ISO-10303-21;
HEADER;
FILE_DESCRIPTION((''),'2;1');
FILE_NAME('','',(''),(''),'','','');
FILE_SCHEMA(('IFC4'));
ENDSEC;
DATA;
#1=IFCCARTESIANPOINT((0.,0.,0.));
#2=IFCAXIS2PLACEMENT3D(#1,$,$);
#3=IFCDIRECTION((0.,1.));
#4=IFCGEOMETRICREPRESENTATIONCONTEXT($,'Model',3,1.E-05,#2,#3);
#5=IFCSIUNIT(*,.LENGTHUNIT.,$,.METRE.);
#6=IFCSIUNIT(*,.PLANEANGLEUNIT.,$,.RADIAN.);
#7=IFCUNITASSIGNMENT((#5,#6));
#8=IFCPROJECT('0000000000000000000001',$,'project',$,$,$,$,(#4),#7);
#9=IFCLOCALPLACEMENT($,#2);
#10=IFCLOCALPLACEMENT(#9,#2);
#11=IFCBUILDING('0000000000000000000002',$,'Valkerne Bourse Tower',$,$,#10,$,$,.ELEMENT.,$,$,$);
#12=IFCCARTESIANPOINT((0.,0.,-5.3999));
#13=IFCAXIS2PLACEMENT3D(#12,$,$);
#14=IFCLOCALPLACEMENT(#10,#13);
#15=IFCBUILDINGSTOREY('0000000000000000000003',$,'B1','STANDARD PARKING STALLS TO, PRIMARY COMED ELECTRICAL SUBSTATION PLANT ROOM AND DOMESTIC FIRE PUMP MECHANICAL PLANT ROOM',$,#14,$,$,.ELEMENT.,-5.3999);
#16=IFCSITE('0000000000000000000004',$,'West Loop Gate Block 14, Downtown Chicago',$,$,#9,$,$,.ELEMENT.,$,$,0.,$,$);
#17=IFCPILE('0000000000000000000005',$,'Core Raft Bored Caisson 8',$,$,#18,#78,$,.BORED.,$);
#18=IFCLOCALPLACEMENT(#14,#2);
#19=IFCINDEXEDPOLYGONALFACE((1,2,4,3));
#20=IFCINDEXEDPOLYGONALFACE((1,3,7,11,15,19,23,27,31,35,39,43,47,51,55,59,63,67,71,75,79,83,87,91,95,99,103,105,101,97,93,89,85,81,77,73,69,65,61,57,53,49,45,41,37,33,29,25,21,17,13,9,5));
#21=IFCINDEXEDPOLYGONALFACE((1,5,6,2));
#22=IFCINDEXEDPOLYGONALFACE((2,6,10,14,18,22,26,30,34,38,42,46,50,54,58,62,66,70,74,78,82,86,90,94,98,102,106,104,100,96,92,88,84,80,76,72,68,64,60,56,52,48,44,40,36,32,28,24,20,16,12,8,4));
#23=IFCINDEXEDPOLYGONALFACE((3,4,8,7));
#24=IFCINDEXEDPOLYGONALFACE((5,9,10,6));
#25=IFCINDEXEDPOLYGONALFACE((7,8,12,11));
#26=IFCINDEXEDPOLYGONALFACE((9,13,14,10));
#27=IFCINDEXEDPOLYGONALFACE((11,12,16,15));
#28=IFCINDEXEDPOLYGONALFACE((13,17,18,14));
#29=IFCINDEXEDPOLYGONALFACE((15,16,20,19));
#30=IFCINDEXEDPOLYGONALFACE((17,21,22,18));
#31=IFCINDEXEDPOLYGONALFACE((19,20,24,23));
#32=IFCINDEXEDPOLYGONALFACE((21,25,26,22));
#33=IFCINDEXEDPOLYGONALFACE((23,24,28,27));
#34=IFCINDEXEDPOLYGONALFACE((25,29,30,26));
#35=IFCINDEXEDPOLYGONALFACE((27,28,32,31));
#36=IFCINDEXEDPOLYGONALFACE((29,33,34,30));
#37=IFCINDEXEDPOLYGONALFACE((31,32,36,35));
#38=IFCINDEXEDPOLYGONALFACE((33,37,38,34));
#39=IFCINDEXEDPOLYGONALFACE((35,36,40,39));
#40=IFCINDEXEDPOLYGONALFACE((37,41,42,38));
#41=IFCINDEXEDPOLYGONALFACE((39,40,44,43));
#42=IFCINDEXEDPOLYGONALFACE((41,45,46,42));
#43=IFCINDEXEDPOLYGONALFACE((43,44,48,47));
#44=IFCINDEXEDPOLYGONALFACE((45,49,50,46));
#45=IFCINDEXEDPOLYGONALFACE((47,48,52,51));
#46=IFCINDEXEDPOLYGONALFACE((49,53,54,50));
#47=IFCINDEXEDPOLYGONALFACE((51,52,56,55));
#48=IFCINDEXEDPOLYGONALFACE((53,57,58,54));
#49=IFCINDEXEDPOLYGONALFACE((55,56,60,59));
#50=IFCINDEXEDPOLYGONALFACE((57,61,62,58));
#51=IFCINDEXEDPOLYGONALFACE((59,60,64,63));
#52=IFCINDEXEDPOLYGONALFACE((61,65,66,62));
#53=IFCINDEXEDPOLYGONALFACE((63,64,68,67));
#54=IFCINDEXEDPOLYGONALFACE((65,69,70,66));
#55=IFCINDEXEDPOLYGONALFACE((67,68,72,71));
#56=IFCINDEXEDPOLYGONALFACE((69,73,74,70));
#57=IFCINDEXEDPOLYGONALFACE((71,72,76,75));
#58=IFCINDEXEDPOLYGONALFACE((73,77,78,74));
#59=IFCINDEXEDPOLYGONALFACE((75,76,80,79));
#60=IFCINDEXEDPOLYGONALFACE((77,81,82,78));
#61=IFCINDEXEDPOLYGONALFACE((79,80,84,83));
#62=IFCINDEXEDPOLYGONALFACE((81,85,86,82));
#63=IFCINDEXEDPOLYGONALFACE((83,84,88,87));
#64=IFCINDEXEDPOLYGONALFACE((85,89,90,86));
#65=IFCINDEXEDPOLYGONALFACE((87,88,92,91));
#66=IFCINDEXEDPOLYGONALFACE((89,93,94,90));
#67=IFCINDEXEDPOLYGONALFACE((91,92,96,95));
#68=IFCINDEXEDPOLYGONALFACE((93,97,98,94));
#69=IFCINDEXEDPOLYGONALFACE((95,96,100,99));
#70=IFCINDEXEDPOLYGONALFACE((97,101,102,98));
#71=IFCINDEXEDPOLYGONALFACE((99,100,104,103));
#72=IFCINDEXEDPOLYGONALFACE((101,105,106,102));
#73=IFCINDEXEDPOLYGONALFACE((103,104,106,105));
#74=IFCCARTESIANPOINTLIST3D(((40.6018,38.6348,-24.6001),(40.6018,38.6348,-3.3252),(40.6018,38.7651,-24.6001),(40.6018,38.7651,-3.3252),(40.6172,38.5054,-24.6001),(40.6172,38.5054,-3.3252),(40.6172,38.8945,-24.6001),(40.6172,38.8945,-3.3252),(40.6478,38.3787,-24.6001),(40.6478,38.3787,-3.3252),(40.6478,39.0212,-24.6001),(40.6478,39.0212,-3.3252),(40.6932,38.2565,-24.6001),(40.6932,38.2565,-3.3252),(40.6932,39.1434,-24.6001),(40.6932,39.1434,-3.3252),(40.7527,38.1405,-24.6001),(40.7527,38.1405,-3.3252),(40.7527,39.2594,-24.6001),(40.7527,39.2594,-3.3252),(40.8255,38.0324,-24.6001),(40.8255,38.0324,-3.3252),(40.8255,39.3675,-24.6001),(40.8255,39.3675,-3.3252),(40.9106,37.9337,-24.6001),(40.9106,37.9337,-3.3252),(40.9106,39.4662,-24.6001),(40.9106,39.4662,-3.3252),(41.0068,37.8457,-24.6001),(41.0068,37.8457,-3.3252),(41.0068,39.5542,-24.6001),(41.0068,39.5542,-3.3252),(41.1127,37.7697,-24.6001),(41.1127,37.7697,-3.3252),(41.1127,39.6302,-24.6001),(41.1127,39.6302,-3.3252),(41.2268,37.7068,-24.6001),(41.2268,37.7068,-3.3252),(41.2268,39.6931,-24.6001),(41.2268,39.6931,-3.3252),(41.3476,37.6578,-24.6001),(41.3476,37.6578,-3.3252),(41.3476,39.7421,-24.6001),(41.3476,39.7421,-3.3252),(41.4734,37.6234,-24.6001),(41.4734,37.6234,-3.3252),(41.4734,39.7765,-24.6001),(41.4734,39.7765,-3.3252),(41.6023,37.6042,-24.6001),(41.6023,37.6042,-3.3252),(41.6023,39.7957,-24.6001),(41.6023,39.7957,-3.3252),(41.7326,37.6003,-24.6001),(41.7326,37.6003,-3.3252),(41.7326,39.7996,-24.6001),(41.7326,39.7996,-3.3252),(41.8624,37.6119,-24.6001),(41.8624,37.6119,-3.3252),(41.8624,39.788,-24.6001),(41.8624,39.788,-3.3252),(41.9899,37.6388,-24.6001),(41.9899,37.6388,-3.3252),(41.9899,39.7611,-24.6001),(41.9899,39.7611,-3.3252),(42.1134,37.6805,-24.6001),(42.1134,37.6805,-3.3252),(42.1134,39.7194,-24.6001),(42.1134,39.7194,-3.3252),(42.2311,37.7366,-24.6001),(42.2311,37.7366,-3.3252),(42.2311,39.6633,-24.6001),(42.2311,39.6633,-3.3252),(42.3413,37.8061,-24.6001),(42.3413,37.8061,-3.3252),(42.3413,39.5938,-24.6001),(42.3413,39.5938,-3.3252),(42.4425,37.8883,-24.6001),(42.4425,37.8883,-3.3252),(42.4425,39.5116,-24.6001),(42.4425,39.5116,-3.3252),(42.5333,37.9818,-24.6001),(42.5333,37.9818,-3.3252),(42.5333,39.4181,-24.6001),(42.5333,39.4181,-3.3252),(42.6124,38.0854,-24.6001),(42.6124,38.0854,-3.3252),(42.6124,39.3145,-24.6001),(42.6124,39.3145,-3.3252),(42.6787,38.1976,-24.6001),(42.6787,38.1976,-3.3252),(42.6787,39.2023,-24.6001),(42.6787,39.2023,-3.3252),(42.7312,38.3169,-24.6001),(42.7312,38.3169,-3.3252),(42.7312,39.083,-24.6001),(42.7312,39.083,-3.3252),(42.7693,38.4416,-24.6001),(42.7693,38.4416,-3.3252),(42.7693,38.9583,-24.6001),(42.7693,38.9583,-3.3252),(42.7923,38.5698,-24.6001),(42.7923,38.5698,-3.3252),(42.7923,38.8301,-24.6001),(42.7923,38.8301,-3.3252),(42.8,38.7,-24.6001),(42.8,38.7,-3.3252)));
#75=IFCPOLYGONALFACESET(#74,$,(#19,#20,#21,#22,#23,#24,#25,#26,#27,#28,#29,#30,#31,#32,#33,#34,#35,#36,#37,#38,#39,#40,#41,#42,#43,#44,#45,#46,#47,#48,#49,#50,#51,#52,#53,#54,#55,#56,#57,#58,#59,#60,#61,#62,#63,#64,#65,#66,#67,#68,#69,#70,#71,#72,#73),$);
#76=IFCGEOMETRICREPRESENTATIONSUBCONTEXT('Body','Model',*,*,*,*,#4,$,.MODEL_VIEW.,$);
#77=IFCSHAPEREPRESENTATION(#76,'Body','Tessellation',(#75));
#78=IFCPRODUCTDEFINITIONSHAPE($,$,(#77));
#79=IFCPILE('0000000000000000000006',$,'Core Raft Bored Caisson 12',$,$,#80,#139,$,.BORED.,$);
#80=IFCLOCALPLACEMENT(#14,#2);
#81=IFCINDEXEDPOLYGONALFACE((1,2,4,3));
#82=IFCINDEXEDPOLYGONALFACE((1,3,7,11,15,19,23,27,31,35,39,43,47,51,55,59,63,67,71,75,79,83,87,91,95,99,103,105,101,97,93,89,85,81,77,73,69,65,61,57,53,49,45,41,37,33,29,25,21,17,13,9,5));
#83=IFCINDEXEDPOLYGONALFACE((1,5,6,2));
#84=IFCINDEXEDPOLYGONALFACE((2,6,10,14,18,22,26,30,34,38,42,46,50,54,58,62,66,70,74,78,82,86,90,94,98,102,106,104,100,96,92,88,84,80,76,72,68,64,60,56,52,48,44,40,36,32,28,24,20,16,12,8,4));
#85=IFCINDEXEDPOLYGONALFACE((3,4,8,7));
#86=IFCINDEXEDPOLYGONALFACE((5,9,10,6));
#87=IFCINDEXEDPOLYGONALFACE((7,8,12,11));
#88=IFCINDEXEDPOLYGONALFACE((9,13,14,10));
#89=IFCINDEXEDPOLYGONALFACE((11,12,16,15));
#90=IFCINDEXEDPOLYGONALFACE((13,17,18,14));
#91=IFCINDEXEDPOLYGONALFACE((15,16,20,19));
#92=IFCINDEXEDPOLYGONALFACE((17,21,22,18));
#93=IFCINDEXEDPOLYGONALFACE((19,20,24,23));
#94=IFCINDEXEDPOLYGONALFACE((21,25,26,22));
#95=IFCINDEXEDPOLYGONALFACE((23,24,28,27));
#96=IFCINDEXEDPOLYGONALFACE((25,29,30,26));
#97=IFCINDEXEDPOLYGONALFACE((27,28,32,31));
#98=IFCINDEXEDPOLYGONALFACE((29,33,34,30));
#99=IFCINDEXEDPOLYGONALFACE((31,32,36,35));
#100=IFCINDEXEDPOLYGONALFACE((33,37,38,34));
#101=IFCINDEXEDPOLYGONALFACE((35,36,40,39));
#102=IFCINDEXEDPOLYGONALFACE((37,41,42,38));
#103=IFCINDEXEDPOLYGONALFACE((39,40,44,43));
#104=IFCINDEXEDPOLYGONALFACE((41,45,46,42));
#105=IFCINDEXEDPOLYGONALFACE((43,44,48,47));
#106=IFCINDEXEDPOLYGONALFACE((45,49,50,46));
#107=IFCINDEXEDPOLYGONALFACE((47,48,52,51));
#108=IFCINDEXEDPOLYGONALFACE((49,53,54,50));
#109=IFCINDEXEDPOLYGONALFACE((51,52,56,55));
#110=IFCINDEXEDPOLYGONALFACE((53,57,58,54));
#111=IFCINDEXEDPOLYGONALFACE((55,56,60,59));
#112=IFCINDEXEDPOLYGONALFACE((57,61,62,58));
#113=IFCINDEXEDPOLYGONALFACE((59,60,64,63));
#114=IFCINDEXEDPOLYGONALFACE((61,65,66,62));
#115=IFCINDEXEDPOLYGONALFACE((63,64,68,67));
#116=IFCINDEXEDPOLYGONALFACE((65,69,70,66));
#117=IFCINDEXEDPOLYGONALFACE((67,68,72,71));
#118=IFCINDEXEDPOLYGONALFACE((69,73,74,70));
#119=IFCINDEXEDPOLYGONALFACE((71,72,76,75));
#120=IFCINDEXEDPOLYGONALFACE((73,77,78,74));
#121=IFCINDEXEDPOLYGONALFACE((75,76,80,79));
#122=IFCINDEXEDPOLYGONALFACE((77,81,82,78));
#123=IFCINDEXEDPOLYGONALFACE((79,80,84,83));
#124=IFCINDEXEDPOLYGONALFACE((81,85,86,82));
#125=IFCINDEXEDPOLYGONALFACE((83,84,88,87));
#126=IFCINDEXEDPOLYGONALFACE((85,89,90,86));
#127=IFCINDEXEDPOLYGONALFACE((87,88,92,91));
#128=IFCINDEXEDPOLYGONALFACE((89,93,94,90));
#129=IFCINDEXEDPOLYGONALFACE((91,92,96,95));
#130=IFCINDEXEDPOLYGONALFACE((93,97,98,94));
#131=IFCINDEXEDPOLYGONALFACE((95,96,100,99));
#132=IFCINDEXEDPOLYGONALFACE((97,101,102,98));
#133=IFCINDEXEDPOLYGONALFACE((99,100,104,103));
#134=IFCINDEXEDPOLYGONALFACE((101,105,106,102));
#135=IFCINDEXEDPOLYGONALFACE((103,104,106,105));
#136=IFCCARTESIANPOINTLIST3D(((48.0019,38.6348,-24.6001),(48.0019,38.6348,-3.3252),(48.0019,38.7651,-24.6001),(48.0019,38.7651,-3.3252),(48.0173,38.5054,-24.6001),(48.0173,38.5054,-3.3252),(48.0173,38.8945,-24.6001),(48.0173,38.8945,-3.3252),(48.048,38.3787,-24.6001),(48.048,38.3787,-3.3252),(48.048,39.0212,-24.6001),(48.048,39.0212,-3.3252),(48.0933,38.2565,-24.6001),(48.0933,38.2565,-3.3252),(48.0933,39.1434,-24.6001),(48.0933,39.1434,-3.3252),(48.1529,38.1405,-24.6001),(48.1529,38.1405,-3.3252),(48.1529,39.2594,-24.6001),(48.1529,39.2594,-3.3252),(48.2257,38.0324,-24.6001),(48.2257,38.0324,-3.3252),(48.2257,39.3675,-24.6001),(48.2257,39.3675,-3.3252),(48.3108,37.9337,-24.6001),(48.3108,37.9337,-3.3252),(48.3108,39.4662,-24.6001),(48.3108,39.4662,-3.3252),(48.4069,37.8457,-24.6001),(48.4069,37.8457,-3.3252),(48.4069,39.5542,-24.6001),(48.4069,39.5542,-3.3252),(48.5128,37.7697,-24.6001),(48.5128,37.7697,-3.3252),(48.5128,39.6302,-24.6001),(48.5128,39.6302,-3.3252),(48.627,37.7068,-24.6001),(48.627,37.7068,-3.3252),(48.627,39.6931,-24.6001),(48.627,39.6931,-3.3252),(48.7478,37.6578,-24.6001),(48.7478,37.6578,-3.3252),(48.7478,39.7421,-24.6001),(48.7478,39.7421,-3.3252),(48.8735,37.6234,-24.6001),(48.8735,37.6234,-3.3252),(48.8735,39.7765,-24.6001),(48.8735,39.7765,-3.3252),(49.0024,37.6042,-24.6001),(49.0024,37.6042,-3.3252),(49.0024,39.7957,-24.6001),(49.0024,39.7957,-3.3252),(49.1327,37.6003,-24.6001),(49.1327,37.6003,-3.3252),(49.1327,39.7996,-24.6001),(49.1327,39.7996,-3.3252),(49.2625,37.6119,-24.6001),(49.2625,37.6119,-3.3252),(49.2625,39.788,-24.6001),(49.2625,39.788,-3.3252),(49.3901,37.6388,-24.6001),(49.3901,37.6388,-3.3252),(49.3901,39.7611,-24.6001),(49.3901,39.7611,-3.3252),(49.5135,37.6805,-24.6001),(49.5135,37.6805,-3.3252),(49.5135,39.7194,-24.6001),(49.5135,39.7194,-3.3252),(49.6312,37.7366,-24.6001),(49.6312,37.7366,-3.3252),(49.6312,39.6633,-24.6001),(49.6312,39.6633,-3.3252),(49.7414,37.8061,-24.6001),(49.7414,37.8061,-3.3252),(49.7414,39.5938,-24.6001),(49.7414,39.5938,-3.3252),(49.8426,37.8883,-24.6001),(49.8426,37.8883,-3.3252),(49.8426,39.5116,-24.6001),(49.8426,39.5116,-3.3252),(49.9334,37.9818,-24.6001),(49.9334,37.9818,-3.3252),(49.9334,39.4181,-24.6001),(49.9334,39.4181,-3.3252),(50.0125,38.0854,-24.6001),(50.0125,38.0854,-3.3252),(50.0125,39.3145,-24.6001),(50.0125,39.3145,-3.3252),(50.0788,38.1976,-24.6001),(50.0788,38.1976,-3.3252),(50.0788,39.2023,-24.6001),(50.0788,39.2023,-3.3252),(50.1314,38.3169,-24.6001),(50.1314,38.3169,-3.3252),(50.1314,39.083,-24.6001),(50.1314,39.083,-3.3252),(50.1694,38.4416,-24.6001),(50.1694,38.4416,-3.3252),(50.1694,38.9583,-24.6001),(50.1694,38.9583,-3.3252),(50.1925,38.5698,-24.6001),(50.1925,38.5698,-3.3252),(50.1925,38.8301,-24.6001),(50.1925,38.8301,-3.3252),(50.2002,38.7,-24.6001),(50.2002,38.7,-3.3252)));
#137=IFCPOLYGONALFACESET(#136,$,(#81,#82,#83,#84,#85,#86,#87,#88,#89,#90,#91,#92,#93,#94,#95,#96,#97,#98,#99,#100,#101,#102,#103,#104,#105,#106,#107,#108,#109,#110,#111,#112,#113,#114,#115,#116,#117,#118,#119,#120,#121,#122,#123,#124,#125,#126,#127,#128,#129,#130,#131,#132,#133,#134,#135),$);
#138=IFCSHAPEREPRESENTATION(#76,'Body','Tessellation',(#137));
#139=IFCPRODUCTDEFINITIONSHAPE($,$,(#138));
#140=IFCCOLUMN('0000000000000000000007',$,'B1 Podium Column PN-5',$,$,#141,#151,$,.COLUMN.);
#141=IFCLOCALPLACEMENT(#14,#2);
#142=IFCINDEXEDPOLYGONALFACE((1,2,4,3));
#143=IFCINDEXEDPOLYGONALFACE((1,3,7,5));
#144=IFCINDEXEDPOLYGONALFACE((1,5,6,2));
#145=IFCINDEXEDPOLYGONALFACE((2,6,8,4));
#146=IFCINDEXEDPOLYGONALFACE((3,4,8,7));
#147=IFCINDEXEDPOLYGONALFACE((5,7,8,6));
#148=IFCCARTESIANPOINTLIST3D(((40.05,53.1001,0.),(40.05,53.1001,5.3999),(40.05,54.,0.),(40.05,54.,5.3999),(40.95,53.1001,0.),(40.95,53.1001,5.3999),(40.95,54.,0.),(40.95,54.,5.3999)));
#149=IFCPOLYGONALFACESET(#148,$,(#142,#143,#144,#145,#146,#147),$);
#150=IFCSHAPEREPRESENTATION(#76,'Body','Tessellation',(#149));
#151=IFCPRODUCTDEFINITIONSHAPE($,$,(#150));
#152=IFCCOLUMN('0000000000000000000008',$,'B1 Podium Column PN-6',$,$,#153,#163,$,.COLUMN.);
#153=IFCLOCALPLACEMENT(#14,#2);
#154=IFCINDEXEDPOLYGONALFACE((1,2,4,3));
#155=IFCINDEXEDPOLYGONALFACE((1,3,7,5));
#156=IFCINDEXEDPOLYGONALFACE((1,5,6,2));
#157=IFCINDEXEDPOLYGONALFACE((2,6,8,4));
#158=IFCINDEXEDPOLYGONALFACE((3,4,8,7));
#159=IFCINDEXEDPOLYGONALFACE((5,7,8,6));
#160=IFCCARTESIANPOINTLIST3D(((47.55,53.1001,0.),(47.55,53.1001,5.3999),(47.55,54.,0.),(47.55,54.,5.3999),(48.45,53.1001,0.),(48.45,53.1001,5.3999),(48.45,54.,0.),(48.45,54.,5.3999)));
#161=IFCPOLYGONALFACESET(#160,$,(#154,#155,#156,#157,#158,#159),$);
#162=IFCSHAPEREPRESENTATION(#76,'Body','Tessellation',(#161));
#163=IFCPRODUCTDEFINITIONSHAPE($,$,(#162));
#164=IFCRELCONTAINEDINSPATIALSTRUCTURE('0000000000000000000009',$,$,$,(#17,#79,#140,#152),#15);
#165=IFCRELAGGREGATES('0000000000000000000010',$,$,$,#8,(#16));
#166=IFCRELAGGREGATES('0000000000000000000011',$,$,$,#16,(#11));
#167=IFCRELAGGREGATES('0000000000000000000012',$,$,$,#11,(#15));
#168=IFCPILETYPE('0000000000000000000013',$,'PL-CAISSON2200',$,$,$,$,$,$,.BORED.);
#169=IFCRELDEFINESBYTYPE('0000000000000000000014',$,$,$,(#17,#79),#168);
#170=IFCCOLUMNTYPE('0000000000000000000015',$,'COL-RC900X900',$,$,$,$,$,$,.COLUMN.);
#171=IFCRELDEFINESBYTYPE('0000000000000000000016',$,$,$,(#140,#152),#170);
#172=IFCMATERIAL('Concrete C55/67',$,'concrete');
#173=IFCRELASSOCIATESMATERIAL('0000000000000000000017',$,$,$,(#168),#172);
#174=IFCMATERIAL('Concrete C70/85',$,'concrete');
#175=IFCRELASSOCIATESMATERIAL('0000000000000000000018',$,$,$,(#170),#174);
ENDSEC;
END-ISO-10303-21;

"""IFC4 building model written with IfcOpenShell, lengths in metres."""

from ifc_helpers import new_model, si_unit, direction, frame, origin, origin_2d, place, context, subcontext, project, spatial, rectangle, circle, extrude, material, material_profile, profile_set, type_object, element, save


model = new_model("IFC4")

# Units and contexts
model_context = context("Model", 3, precision=1e-05, world=origin(), true_north=direction((0.0, 1.0)))
body_context = subcontext(model_context, "Body", "Model", "MODEL_VIEW")
ifc_project = project(units=[si_unit("LENGTHUNIT", "METRE"), si_unit("PLANEANGLEUNIT", "RADIAN")], contexts=[model_context])

# Site, building, storey
site_placement = place(None, origin())
site = spatial("IfcSite", under=ifc_project, at=site_placement, Name="West Loop Gate Block 14, Downtown Chicago", CompositionType="ELEMENT", RefElevation=0.0)
building_placement = place(site_placement, origin())
building = spatial("IfcBuilding", under=site, at=building_placement, Name="Valkerne Bourse Tower", CompositionType="ELEMENT")
storey_placement = place(building_placement, frame((0.0, 0.0, -5.3999)))
storey = spatial("IfcBuildingStorey", under=building, at=storey_placement, Name="B1", Description="STANDARD PARKING STALLS TO, PRIMARY COMED ELECTRICAL SUBSTATION PLANT ROOM AND DOMESTIC FIRE PUMP MECHANICAL PLANT ROOM", CompositionType="ELEMENT", Elevation=-5.3999)

# Piles
ifc_material_1 = material(Name="Concrete C55/67", Category="concrete")
ifc_material_profile_1 = material_profile(ifc_material_1, circle(Radius=1.1001, at=origin_2d()), Name="CAISSON2200")
ifc_profile_set_1 = profile_set([ifc_material_profile_1], Name="Concrete C55/67")
pile_type = type_object("IfcPileType", Name="PL-CAISSON2200", PredefinedType="BORED", material=ifc_profile_set_1)
for number, where, z_axis, x_axis, name in (
    (1, (41.7, 38.7, -3.3252), (0.0, 0.0, -1.0), (1.0, 0.0, 0.0), "Core Raft Bored Caisson 8"),
    (2, (49.1001, 38.7, -3.3252), (0.0, 0.0, -1.0), (1.0, 0.0, 0.0), "Core Raft Bored Caisson 12"),
):
    element("IfcPile", number, at=place(storey_placement, frame(where, z_axis=z_axis, x_axis=x_axis)), inside=storey, type_object=pile_type, Name=name, PredefinedType="BORED", context=body_context, shape_type="SweptSolid", body=[
        extrude(circle(Radius=1.1001, at=origin_2d()), origin(), (0.0, 0.0, 1.0), 21.2749),
    ])

# Columns
ifc_material_2 = material(Name="Concrete C70/85", Category="concrete")
ifc_material_profile_2 = material_profile(ifc_material_2, rectangle(XDim=0.8999, YDim=0.8999, at=origin_2d()), Name="RC900X900")
ifc_profile_set_2 = profile_set([ifc_material_profile_2], Name="Concrete C70/85")
column_type_1 = type_object("IfcColumnType", Name="COL-RC900X900", PredefinedType="COLUMN", material=ifc_profile_set_2)
for number, where, z_axis, x_axis, name in (
    (3, (40.5, 53.55, 0.0), (0.0, 0.0, 1.0), (1.0, 0.0, 0.0), "B1 Podium Column PN-5"),
    (4, (48.0, 53.55, 0.0), (0.0, 0.0, 1.0), (1.0, 0.0, 0.0), "B1 Podium Column PN-6"),
):
    element("IfcColumn", number, at=place(storey_placement, frame(where, z_axis=z_axis, x_axis=x_axis)), inside=storey, type_object=column_type_1, Name=name, PredefinedType="COLUMN", context=body_context, shape_type="SweptSolid", body=[
        extrude(rectangle(XDim=0.8999, YDim=0.8999, at=origin_2d()), origin(), (0.0, 0.0, 1.0), 5.3999),
    ])

save(model, "model.ifc")
